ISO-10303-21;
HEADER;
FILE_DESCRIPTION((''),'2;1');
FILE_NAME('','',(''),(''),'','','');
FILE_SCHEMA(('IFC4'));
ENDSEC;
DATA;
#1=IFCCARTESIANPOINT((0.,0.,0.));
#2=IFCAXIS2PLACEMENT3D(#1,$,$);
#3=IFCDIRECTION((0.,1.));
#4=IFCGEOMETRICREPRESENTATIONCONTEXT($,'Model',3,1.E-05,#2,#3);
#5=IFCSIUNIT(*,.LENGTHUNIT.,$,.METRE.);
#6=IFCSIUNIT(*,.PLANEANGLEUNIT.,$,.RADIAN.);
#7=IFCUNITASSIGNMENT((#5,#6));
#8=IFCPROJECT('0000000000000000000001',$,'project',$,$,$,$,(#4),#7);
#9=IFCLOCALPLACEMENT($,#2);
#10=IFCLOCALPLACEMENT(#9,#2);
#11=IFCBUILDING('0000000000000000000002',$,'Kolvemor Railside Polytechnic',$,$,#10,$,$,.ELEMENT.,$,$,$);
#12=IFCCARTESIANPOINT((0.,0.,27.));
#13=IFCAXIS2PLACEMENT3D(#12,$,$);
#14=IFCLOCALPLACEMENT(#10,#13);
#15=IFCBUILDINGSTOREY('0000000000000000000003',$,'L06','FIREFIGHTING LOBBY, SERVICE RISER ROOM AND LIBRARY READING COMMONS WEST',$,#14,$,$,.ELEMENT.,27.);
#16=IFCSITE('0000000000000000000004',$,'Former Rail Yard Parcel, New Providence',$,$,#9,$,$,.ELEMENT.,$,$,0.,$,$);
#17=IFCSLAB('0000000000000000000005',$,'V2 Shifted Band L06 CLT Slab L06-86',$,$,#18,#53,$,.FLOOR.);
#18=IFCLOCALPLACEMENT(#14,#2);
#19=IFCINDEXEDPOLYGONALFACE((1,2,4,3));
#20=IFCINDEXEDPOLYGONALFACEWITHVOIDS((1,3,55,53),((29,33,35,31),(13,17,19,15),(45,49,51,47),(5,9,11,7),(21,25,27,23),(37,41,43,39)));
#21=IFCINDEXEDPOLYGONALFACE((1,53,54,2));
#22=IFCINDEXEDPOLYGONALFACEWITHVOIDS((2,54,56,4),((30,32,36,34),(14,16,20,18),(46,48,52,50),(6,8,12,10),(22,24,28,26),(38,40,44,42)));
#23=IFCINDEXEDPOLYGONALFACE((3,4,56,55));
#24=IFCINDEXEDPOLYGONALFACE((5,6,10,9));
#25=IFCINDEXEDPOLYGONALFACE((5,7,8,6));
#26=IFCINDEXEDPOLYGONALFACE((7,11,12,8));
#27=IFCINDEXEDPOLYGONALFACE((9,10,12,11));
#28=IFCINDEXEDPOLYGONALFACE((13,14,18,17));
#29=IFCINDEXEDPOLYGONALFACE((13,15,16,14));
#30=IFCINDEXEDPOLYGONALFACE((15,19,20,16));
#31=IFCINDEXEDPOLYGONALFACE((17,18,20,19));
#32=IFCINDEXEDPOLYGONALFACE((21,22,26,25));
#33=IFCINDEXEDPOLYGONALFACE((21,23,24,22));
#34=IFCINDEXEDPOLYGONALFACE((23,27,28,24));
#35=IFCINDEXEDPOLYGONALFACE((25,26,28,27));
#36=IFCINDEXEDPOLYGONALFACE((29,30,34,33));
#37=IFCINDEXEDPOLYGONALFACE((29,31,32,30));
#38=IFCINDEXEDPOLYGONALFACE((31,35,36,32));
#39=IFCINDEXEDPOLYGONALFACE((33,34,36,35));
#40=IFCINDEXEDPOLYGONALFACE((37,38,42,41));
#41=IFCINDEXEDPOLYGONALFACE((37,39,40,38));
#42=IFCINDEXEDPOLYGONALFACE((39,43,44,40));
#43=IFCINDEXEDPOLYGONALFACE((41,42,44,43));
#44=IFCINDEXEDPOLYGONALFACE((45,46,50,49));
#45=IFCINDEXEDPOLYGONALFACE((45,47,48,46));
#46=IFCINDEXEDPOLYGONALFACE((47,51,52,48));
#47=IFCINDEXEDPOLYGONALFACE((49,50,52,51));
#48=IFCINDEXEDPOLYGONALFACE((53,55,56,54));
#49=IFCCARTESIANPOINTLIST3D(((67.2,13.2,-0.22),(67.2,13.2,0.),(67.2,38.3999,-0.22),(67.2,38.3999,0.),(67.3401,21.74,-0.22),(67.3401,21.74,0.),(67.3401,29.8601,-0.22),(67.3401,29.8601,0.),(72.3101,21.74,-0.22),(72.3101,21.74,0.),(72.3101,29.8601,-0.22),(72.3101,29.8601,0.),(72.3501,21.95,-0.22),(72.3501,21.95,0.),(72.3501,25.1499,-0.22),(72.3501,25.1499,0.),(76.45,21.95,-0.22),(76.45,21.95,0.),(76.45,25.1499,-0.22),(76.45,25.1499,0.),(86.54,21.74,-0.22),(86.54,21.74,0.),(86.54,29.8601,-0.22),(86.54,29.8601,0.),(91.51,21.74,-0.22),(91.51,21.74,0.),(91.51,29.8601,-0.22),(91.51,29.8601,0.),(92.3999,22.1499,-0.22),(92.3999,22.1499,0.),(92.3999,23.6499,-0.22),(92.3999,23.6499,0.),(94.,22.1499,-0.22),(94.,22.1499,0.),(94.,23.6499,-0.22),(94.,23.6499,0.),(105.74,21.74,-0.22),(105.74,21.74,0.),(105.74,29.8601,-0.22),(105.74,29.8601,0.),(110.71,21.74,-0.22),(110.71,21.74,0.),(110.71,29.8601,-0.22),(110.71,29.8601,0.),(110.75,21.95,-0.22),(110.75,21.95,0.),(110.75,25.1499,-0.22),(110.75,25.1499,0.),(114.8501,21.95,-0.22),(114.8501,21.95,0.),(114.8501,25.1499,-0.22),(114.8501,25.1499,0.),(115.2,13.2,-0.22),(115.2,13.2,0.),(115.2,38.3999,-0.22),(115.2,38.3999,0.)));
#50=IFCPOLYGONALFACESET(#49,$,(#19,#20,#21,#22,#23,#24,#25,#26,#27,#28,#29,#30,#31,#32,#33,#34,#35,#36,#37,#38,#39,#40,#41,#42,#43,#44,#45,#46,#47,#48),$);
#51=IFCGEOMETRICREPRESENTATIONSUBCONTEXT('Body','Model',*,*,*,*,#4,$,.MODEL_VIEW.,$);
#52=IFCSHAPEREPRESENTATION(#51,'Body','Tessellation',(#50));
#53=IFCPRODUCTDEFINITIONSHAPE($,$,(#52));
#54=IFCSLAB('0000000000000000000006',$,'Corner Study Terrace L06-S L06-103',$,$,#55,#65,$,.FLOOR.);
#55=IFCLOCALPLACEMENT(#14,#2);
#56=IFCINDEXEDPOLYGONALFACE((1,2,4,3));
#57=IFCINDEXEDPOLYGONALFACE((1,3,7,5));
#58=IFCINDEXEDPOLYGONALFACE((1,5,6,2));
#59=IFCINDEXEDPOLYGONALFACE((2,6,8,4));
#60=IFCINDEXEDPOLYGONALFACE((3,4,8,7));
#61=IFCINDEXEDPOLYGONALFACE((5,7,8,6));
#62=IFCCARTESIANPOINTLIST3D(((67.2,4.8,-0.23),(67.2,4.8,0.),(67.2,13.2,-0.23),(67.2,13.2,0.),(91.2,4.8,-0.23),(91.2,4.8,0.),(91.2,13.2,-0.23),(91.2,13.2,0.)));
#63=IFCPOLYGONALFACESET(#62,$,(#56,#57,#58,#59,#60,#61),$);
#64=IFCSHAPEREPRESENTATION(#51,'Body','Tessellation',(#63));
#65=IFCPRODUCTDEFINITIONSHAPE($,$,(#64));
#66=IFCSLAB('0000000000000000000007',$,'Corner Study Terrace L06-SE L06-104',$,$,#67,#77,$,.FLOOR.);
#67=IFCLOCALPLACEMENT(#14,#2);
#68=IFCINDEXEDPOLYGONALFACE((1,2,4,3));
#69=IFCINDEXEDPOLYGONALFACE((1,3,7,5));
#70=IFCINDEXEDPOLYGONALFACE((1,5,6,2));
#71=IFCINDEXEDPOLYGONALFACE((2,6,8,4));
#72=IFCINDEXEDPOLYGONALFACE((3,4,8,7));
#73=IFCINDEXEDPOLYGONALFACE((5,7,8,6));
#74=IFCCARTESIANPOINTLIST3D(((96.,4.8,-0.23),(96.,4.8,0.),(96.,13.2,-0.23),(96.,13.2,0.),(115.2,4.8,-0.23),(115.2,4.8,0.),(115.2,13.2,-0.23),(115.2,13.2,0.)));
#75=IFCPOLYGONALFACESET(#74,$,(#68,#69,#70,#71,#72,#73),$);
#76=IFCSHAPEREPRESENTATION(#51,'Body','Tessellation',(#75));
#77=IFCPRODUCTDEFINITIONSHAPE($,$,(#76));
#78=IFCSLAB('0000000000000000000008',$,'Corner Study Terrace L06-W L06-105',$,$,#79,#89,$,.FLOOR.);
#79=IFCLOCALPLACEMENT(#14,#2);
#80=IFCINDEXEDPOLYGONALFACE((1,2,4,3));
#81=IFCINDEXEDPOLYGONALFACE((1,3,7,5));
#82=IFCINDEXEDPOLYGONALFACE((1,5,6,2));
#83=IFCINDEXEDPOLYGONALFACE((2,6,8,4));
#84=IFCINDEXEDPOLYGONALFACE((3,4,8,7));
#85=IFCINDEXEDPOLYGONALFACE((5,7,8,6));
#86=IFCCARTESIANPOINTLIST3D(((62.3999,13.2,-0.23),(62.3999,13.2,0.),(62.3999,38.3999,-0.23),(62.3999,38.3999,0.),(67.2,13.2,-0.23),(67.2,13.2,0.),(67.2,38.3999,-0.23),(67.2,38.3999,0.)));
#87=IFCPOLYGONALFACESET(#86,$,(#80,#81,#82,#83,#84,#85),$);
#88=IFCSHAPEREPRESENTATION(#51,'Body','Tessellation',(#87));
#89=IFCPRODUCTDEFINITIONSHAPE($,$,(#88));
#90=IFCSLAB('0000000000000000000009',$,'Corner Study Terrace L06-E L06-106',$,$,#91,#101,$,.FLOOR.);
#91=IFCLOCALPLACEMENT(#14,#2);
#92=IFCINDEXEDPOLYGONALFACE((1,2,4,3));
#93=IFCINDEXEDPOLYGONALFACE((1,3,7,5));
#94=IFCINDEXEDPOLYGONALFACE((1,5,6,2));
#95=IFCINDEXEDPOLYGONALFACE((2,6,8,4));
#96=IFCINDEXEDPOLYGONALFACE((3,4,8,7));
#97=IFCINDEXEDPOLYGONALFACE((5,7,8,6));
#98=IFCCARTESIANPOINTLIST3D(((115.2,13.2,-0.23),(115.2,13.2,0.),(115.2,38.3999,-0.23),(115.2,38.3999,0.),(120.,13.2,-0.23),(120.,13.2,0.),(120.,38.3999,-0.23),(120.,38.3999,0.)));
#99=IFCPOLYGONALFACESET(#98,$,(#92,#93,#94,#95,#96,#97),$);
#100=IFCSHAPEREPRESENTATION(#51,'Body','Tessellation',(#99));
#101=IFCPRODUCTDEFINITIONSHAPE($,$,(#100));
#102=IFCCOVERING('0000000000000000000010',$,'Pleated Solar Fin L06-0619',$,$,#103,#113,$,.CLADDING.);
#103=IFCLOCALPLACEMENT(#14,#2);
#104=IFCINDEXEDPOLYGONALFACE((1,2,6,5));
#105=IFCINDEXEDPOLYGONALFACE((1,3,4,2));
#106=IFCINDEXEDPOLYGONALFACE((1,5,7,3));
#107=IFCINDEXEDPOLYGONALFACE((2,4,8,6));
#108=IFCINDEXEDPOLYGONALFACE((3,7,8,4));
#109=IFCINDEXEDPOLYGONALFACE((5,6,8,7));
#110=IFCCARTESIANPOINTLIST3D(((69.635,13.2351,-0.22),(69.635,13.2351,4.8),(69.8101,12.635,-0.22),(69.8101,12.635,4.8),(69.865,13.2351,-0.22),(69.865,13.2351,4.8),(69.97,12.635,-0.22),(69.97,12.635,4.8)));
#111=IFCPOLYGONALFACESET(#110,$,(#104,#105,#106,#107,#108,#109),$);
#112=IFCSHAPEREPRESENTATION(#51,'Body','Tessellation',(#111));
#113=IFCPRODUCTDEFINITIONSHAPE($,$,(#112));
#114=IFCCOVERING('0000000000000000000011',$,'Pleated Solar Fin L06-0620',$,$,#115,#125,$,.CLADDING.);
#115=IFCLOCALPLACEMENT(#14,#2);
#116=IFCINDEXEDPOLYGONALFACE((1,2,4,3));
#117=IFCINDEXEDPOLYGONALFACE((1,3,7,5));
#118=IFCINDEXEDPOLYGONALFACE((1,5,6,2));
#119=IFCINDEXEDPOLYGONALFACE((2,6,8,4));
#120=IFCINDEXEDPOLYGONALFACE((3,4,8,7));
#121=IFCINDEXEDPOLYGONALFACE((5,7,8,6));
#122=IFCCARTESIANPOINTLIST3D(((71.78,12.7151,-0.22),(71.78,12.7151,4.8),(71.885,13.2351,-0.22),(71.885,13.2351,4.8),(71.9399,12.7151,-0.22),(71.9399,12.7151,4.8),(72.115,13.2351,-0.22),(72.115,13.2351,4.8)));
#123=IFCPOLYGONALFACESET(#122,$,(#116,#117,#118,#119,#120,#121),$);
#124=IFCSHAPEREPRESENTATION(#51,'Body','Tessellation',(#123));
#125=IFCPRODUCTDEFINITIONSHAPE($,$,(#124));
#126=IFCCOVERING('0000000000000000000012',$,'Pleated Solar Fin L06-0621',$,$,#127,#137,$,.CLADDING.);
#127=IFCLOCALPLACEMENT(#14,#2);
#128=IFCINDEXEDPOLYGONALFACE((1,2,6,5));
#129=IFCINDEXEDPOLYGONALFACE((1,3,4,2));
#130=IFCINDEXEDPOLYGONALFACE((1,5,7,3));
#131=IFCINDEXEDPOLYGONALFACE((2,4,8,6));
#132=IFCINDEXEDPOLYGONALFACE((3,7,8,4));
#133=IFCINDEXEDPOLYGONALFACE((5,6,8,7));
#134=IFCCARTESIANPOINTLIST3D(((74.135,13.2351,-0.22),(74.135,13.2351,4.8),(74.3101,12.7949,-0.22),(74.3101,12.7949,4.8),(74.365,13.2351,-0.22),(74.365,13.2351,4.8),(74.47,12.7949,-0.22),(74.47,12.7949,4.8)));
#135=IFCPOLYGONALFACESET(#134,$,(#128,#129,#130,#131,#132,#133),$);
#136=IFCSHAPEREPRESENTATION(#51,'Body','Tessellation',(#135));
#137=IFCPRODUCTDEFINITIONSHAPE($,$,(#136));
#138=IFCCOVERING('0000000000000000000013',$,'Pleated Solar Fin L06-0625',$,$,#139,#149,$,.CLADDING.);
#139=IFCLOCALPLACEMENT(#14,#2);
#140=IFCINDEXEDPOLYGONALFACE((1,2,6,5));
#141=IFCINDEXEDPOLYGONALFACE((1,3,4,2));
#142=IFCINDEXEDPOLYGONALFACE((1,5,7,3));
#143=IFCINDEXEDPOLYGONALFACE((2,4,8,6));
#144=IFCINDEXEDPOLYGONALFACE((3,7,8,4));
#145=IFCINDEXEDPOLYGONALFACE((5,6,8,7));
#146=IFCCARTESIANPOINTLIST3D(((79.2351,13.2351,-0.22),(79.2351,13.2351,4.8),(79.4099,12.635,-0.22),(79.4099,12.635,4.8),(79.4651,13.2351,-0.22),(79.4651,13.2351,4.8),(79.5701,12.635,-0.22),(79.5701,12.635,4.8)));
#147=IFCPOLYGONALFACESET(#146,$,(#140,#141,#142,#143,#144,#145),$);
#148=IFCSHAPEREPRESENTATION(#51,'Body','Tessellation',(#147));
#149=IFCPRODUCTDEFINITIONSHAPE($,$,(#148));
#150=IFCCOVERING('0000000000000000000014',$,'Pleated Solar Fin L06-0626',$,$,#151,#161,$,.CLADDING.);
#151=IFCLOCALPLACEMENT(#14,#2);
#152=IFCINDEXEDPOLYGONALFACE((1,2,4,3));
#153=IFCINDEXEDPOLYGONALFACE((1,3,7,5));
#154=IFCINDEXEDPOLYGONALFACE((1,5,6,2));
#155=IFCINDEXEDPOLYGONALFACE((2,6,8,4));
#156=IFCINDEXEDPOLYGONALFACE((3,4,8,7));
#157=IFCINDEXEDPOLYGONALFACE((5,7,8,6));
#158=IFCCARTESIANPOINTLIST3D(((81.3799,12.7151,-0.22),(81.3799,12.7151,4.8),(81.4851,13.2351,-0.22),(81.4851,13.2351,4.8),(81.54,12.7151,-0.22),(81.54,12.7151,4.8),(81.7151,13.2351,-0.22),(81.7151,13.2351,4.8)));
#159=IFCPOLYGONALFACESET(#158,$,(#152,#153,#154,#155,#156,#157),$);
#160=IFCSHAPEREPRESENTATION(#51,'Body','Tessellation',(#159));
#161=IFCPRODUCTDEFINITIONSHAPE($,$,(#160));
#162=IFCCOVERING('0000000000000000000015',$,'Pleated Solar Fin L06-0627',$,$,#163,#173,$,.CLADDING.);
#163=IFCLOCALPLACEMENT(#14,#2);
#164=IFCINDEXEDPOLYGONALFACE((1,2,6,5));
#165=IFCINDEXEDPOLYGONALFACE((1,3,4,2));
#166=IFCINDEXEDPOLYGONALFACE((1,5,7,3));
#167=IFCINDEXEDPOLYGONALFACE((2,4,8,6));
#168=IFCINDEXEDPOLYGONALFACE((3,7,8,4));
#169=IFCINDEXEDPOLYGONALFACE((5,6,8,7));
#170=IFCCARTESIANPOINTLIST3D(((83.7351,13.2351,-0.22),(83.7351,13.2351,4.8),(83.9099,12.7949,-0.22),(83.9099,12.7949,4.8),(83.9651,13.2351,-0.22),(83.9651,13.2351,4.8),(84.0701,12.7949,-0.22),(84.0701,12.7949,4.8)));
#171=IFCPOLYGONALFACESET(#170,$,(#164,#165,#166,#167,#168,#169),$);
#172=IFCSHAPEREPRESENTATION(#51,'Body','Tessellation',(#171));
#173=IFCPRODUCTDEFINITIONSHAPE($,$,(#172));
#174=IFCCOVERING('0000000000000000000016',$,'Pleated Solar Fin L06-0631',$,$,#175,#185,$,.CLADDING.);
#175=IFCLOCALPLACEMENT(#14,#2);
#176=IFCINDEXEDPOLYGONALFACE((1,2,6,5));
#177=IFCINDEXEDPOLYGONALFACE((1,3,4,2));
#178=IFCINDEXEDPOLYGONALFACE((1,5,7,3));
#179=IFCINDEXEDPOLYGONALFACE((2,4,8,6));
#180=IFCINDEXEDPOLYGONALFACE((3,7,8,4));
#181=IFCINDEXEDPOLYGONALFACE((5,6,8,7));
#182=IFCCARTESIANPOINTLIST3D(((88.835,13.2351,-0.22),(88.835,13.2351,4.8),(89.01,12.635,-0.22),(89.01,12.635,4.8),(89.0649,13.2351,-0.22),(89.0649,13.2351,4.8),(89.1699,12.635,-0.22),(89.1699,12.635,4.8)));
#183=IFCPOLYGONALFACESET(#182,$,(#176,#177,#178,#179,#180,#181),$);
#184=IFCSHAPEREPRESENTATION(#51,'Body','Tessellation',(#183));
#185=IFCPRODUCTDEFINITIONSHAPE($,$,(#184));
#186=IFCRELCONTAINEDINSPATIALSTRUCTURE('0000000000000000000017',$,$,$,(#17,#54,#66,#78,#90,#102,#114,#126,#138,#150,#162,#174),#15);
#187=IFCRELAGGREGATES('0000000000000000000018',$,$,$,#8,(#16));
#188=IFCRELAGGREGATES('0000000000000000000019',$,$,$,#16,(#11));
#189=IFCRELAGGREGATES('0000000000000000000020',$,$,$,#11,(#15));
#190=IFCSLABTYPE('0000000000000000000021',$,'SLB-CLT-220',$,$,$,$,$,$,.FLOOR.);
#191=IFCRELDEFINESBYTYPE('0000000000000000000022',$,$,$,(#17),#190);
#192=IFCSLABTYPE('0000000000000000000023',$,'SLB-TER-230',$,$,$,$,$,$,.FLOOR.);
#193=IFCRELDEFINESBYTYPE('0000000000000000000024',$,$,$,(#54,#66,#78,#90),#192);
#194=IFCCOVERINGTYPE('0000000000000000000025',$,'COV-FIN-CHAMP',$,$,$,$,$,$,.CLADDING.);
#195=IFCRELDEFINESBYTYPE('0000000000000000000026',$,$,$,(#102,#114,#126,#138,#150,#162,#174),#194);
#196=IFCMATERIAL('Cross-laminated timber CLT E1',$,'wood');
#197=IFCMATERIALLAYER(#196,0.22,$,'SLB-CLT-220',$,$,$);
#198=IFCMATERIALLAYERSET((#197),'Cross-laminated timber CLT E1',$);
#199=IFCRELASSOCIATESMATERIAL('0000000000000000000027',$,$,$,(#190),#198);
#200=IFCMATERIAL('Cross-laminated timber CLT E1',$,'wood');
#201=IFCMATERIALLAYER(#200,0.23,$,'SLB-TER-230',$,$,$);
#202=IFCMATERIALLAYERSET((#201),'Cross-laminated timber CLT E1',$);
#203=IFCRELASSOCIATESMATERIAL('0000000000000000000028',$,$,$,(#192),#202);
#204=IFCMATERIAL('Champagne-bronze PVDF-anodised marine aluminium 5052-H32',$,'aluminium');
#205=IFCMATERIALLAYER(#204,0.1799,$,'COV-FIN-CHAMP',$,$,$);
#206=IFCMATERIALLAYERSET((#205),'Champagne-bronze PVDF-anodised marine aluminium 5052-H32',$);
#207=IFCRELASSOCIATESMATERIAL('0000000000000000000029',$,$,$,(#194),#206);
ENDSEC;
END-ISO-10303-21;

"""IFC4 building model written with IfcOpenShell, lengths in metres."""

from ifc_helpers import new_model, si_unit, direction, frame, origin, place, context, subcontext, project, spatial, polyline, outline, extrude, material, layer, layer_set, type_object, element, save


model = new_model("IFC4")

# Units and contexts
model_context = context("Model", 3, precision=1e-05, world=origin(), true_north=direction((0.0, 1.0)))
body_context = subcontext(model_context, "Body", "Model", "MODEL_VIEW")
ifc_project = project(units=[si_unit("LENGTHUNIT", "METRE"), si_unit("PLANEANGLEUNIT", "RADIAN")], contexts=[model_context])

# Site, building, storey
site_placement = place(None, origin())
site = spatial("IfcSite", under=ifc_project, at=site_placement, Name="Former Rail Yard Parcel, New Providence", CompositionType="ELEMENT", RefElevation=0.0)
building_placement = place(site_placement, origin())
building = spatial("IfcBuilding", under=site, at=building_placement, Name="Kolvemor Railside Polytechnic", CompositionType="ELEMENT")
storey_placement = place(building_placement, frame((0.0, 0.0, 27.0)))
storey = spatial("IfcBuildingStorey", under=building, at=storey_placement, Name="L06", Description="FIREFIGHTING LOBBY, SERVICE RISER ROOM AND LIBRARY READING COMMONS WEST", CompositionType="ELEMENT", Elevation=27.0)

# Slabs
ifc_material_1 = material(Name="Cross-laminated timber CLT E1", Category="wood")
ifc_layer_1 = layer(ifc_material_1, 0.22, Name="SLB-CLT-220")
ifc_layer_set_1 = layer_set([ifc_layer_1], Name="Cross-laminated timber CLT E1")
slab_type_1 = type_object("IfcSlabType", Name="SLB-CLT-220", PredefinedType="FLOOR", material=ifc_layer_set_1)
slab_1_placement = place(storey_placement, frame((0.0, 0.0, -0.22)))
element("IfcSlab", 1, at=slab_1_placement, inside=storey, type_object=slab_type_1, Name="V2 Shifted Band L06 CLT Slab L06-86", PredefinedType="FLOOR", context=body_context, shape_type="SweptSolid", body=[
    extrude(outline(polyline([(67.2, 13.2), (115.2, 13.2), (115.2, 38.3999), (67.2, 38.3999), (67.2, 13.2)]), holes=[polyline([(67.3401, 21.74), (72.3101, 21.74), (72.3101, 29.8601), (67.3401, 29.8601), (67.3401, 21.74)]), polyline([(72.3501, 21.95), (76.45, 21.95), (76.45, 25.1499), (72.3501, 25.1499), (72.3501, 21.95)]), polyline([(105.74, 21.74), (110.71, 21.74), (110.71, 29.8601), (105.74, 29.8601), (105.74, 21.74)]), polyline([(110.75, 21.95), (114.8501, 21.95), (114.8501, 25.1499), (110.75, 25.1499), (110.75, 21.95)]), polyline([(86.54, 21.74), (91.51, 21.74), (91.51, 29.8601), (86.54, 29.8601), (86.54, 21.74)]), polyline([(92.3999, 22.1499), (94.0, 22.1499), (94.0, 23.6499), (92.3999, 23.6499), (92.3999, 22.1499)])]), origin(), (0.0, 0.0, 1.0), 0.22),
])
ifc_material_2 = material(Name="Cross-laminated timber CLT E1", Category="wood")
ifc_layer_2 = layer(ifc_material_2, 0.23, Name="SLB-TER-230")
ifc_layer_set_2 = layer_set([ifc_layer_2], Name="Cross-laminated timber CLT E1")
slab_type_2 = type_object("IfcSlabType", Name="SLB-TER-230", PredefinedType="FLOOR", material=ifc_layer_set_2)
slab_2_placement = place(storey_placement, frame((0.0, 0.0, -0.23)))
element("IfcSlab", 2, at=slab_2_placement, inside=storey, type_object=slab_type_2, Name="Corner Study Terrace L06-S L06-103", PredefinedType="FLOOR", context=body_context, shape_type="SweptSolid", body=[
    extrude(outline(polyline([(67.2, 4.8), (91.2, 4.8), (91.2, 13.2), (67.2, 13.2), (67.2, 4.8)])), origin(), (0.0, 0.0, 1.0), 0.23),
])
slab_3_placement = place(storey_placement, frame((0.0, 0.0, -0.23)))
element("IfcSlab", 3, at=slab_3_placement, inside=storey, type_object=slab_type_2, Name="Corner Study Terrace L06-SE L06-104", PredefinedType="FLOOR", context=body_context, shape_type="SweptSolid", body=[
    extrude(outline(polyline([(96.0, 4.8), (115.2, 4.8), (115.2, 13.2), (96.0, 13.2), (96.0, 4.8)])), origin(), (0.0, 0.0, 1.0), 0.23),
])
slab_4_placement = place(storey_placement, frame((0.0, 0.0, -0.23)))
element("IfcSlab", 4, at=slab_4_placement, inside=storey, type_object=slab_type_2, Name="Corner Study Terrace L06-W L06-105", PredefinedType="FLOOR", context=body_context, shape_type="SweptSolid", body=[
    extrude(outline(polyline([(62.3999, 13.2), (67.2, 13.2), (67.2, 38.3999), (62.3999, 38.3999), (62.3999, 13.2)])), origin(), (0.0, 0.0, 1.0), 0.23),
])
slab_5_placement = place(storey_placement, frame((0.0, 0.0, -0.23)))
element("IfcSlab", 5, at=slab_5_placement, inside=storey, type_object=slab_type_2, Name="Corner Study Terrace L06-E L06-106", PredefinedType="FLOOR", context=body_context, shape_type="SweptSolid", body=[
    extrude(outline(polyline([(115.2, 13.2), (120.0, 13.2), (120.0, 38.3999), (115.2, 38.3999), (115.2, 13.2)])), origin(), (0.0, 0.0, 1.0), 0.23),
])

# Coverings
ifc_material_3 = material(Name="Champagne-bronze PVDF-anodised marine aluminium 5052-H32", Category="aluminium")
ifc_layer_3 = layer(ifc_material_3, 0.1799, Name="COV-FIN-CHAMP")
ifc_layer_set_3 = layer_set([ifc_layer_3], Name="Champagne-bronze PVDF-anodised marine aluminium 5052-H32")
covering_type_1 = type_object("IfcCoveringType", Name="COV-FIN-CHAMP", PredefinedType="CLADDING", material=ifc_layer_set_3)
covering_1_placement = place(storey_placement, frame((0.0, 0.0, -0.22)))
element("IfcCovering", 6, at=covering_1_placement, inside=storey, type_object=covering_type_1, Name="Pleated Solar Fin L06-0619", PredefinedType="CLADDING", context=body_context, shape_type="SweptSolid", body=[
    extrude(outline(polyline([(69.635, 13.2351), (69.865, 13.2351), (69.97, 12.635), (69.8101, 12.635), (69.635, 13.2351)])), origin(), (0.0, 0.0, 1.0), 5.02),
])
covering_2_placement = place(storey_placement, frame((0.0, 0.0, -0.22)))
element("IfcCovering", 7, at=covering_2_placement, inside=storey, type_object=covering_type_1, Name="Pleated Solar Fin L06-0620", PredefinedType="CLADDING", context=body_context, shape_type="SweptSolid", body=[
    extrude(outline(polyline([(71.885, 13.2351), (72.115, 13.2351), (71.9399, 12.7151), (71.78, 12.7151), (71.885, 13.2351)])), origin(), (0.0, 0.0, 1.0), 5.02),
])
covering_3_placement = place(storey_placement, frame((0.0, 0.0, -0.22)))
element("IfcCovering", 8, at=covering_3_placement, inside=storey, type_object=covering_type_1, Name="Pleated Solar Fin L06-0621", PredefinedType="CLADDING", context=body_context, shape_type="SweptSolid", body=[
    extrude(outline(polyline([(74.135, 13.2351), (74.365, 13.2351), (74.47, 12.7949), (74.3101, 12.7949), (74.135, 13.2351)])), origin(), (0.0, 0.0, 1.0), 5.02),
])
covering_4_placement = place(storey_placement, frame((0.0, 0.0, -0.22)))
element("IfcCovering", 9, at=covering_4_placement, inside=storey, type_object=covering_type_1, Name="Pleated Solar Fin L06-0625", PredefinedType="CLADDING", context=body_context, shape_type="SweptSolid", body=[
    extrude(outline(polyline([(79.2351, 13.2351), (79.4651, 13.2351), (79.5701, 12.635), (79.4099, 12.635), (79.2351, 13.2351)])), origin(), (0.0, 0.0, 1.0), 5.02),
])
covering_5_placement = place(storey_placement, frame((0.0, 0.0, -0.22)))
element("IfcCovering", 10, at=covering_5_placement, inside=storey, type_object=covering_type_1, Name="Pleated Solar Fin L06-0626", PredefinedType="CLADDING", context=body_context, shape_type="SweptSolid", body=[
    extrude(outline(polyline([(81.4851, 13.2351), (81.7151, 13.2351), (81.54, 12.7151), (81.3799, 12.7151), (81.4851, 13.2351)])), origin(), (0.0, 0.0, 1.0), 5.02),
])
covering_6_placement = place(storey_placement, frame((0.0, 0.0, -0.22)))
element("IfcCovering", 11, at=covering_6_placement, inside=storey, type_object=covering_type_1, Name="Pleated Solar Fin L06-0627", PredefinedType="CLADDING", context=body_context, shape_type="SweptSolid", body=[
    extrude(outline(polyline([(83.7351, 13.2351), (83.9651, 13.2351), (84.0701, 12.7949), (83.9099, 12.7949), (83.7351, 13.2351)])), origin(), (0.0, 0.0, 1.0), 5.02),
])
covering_7_placement = place(storey_placement, frame((0.0, 0.0, -0.22)))
element("IfcCovering", 12, at=covering_7_placement, inside=storey, type_object=covering_type_1, Name="Pleated Solar Fin L06-0631", PredefinedType="CLADDING", context=body_context, shape_type="SweptSolid", body=[
    extrude(outline(polyline([(88.835, 13.2351), (89.0649, 13.2351), (89.1699, 12.635), (89.01, 12.635), (88.835, 13.2351)])), origin(), (0.0, 0.0, 1.0), 5.02),
])

save(model, "model.ifc")
